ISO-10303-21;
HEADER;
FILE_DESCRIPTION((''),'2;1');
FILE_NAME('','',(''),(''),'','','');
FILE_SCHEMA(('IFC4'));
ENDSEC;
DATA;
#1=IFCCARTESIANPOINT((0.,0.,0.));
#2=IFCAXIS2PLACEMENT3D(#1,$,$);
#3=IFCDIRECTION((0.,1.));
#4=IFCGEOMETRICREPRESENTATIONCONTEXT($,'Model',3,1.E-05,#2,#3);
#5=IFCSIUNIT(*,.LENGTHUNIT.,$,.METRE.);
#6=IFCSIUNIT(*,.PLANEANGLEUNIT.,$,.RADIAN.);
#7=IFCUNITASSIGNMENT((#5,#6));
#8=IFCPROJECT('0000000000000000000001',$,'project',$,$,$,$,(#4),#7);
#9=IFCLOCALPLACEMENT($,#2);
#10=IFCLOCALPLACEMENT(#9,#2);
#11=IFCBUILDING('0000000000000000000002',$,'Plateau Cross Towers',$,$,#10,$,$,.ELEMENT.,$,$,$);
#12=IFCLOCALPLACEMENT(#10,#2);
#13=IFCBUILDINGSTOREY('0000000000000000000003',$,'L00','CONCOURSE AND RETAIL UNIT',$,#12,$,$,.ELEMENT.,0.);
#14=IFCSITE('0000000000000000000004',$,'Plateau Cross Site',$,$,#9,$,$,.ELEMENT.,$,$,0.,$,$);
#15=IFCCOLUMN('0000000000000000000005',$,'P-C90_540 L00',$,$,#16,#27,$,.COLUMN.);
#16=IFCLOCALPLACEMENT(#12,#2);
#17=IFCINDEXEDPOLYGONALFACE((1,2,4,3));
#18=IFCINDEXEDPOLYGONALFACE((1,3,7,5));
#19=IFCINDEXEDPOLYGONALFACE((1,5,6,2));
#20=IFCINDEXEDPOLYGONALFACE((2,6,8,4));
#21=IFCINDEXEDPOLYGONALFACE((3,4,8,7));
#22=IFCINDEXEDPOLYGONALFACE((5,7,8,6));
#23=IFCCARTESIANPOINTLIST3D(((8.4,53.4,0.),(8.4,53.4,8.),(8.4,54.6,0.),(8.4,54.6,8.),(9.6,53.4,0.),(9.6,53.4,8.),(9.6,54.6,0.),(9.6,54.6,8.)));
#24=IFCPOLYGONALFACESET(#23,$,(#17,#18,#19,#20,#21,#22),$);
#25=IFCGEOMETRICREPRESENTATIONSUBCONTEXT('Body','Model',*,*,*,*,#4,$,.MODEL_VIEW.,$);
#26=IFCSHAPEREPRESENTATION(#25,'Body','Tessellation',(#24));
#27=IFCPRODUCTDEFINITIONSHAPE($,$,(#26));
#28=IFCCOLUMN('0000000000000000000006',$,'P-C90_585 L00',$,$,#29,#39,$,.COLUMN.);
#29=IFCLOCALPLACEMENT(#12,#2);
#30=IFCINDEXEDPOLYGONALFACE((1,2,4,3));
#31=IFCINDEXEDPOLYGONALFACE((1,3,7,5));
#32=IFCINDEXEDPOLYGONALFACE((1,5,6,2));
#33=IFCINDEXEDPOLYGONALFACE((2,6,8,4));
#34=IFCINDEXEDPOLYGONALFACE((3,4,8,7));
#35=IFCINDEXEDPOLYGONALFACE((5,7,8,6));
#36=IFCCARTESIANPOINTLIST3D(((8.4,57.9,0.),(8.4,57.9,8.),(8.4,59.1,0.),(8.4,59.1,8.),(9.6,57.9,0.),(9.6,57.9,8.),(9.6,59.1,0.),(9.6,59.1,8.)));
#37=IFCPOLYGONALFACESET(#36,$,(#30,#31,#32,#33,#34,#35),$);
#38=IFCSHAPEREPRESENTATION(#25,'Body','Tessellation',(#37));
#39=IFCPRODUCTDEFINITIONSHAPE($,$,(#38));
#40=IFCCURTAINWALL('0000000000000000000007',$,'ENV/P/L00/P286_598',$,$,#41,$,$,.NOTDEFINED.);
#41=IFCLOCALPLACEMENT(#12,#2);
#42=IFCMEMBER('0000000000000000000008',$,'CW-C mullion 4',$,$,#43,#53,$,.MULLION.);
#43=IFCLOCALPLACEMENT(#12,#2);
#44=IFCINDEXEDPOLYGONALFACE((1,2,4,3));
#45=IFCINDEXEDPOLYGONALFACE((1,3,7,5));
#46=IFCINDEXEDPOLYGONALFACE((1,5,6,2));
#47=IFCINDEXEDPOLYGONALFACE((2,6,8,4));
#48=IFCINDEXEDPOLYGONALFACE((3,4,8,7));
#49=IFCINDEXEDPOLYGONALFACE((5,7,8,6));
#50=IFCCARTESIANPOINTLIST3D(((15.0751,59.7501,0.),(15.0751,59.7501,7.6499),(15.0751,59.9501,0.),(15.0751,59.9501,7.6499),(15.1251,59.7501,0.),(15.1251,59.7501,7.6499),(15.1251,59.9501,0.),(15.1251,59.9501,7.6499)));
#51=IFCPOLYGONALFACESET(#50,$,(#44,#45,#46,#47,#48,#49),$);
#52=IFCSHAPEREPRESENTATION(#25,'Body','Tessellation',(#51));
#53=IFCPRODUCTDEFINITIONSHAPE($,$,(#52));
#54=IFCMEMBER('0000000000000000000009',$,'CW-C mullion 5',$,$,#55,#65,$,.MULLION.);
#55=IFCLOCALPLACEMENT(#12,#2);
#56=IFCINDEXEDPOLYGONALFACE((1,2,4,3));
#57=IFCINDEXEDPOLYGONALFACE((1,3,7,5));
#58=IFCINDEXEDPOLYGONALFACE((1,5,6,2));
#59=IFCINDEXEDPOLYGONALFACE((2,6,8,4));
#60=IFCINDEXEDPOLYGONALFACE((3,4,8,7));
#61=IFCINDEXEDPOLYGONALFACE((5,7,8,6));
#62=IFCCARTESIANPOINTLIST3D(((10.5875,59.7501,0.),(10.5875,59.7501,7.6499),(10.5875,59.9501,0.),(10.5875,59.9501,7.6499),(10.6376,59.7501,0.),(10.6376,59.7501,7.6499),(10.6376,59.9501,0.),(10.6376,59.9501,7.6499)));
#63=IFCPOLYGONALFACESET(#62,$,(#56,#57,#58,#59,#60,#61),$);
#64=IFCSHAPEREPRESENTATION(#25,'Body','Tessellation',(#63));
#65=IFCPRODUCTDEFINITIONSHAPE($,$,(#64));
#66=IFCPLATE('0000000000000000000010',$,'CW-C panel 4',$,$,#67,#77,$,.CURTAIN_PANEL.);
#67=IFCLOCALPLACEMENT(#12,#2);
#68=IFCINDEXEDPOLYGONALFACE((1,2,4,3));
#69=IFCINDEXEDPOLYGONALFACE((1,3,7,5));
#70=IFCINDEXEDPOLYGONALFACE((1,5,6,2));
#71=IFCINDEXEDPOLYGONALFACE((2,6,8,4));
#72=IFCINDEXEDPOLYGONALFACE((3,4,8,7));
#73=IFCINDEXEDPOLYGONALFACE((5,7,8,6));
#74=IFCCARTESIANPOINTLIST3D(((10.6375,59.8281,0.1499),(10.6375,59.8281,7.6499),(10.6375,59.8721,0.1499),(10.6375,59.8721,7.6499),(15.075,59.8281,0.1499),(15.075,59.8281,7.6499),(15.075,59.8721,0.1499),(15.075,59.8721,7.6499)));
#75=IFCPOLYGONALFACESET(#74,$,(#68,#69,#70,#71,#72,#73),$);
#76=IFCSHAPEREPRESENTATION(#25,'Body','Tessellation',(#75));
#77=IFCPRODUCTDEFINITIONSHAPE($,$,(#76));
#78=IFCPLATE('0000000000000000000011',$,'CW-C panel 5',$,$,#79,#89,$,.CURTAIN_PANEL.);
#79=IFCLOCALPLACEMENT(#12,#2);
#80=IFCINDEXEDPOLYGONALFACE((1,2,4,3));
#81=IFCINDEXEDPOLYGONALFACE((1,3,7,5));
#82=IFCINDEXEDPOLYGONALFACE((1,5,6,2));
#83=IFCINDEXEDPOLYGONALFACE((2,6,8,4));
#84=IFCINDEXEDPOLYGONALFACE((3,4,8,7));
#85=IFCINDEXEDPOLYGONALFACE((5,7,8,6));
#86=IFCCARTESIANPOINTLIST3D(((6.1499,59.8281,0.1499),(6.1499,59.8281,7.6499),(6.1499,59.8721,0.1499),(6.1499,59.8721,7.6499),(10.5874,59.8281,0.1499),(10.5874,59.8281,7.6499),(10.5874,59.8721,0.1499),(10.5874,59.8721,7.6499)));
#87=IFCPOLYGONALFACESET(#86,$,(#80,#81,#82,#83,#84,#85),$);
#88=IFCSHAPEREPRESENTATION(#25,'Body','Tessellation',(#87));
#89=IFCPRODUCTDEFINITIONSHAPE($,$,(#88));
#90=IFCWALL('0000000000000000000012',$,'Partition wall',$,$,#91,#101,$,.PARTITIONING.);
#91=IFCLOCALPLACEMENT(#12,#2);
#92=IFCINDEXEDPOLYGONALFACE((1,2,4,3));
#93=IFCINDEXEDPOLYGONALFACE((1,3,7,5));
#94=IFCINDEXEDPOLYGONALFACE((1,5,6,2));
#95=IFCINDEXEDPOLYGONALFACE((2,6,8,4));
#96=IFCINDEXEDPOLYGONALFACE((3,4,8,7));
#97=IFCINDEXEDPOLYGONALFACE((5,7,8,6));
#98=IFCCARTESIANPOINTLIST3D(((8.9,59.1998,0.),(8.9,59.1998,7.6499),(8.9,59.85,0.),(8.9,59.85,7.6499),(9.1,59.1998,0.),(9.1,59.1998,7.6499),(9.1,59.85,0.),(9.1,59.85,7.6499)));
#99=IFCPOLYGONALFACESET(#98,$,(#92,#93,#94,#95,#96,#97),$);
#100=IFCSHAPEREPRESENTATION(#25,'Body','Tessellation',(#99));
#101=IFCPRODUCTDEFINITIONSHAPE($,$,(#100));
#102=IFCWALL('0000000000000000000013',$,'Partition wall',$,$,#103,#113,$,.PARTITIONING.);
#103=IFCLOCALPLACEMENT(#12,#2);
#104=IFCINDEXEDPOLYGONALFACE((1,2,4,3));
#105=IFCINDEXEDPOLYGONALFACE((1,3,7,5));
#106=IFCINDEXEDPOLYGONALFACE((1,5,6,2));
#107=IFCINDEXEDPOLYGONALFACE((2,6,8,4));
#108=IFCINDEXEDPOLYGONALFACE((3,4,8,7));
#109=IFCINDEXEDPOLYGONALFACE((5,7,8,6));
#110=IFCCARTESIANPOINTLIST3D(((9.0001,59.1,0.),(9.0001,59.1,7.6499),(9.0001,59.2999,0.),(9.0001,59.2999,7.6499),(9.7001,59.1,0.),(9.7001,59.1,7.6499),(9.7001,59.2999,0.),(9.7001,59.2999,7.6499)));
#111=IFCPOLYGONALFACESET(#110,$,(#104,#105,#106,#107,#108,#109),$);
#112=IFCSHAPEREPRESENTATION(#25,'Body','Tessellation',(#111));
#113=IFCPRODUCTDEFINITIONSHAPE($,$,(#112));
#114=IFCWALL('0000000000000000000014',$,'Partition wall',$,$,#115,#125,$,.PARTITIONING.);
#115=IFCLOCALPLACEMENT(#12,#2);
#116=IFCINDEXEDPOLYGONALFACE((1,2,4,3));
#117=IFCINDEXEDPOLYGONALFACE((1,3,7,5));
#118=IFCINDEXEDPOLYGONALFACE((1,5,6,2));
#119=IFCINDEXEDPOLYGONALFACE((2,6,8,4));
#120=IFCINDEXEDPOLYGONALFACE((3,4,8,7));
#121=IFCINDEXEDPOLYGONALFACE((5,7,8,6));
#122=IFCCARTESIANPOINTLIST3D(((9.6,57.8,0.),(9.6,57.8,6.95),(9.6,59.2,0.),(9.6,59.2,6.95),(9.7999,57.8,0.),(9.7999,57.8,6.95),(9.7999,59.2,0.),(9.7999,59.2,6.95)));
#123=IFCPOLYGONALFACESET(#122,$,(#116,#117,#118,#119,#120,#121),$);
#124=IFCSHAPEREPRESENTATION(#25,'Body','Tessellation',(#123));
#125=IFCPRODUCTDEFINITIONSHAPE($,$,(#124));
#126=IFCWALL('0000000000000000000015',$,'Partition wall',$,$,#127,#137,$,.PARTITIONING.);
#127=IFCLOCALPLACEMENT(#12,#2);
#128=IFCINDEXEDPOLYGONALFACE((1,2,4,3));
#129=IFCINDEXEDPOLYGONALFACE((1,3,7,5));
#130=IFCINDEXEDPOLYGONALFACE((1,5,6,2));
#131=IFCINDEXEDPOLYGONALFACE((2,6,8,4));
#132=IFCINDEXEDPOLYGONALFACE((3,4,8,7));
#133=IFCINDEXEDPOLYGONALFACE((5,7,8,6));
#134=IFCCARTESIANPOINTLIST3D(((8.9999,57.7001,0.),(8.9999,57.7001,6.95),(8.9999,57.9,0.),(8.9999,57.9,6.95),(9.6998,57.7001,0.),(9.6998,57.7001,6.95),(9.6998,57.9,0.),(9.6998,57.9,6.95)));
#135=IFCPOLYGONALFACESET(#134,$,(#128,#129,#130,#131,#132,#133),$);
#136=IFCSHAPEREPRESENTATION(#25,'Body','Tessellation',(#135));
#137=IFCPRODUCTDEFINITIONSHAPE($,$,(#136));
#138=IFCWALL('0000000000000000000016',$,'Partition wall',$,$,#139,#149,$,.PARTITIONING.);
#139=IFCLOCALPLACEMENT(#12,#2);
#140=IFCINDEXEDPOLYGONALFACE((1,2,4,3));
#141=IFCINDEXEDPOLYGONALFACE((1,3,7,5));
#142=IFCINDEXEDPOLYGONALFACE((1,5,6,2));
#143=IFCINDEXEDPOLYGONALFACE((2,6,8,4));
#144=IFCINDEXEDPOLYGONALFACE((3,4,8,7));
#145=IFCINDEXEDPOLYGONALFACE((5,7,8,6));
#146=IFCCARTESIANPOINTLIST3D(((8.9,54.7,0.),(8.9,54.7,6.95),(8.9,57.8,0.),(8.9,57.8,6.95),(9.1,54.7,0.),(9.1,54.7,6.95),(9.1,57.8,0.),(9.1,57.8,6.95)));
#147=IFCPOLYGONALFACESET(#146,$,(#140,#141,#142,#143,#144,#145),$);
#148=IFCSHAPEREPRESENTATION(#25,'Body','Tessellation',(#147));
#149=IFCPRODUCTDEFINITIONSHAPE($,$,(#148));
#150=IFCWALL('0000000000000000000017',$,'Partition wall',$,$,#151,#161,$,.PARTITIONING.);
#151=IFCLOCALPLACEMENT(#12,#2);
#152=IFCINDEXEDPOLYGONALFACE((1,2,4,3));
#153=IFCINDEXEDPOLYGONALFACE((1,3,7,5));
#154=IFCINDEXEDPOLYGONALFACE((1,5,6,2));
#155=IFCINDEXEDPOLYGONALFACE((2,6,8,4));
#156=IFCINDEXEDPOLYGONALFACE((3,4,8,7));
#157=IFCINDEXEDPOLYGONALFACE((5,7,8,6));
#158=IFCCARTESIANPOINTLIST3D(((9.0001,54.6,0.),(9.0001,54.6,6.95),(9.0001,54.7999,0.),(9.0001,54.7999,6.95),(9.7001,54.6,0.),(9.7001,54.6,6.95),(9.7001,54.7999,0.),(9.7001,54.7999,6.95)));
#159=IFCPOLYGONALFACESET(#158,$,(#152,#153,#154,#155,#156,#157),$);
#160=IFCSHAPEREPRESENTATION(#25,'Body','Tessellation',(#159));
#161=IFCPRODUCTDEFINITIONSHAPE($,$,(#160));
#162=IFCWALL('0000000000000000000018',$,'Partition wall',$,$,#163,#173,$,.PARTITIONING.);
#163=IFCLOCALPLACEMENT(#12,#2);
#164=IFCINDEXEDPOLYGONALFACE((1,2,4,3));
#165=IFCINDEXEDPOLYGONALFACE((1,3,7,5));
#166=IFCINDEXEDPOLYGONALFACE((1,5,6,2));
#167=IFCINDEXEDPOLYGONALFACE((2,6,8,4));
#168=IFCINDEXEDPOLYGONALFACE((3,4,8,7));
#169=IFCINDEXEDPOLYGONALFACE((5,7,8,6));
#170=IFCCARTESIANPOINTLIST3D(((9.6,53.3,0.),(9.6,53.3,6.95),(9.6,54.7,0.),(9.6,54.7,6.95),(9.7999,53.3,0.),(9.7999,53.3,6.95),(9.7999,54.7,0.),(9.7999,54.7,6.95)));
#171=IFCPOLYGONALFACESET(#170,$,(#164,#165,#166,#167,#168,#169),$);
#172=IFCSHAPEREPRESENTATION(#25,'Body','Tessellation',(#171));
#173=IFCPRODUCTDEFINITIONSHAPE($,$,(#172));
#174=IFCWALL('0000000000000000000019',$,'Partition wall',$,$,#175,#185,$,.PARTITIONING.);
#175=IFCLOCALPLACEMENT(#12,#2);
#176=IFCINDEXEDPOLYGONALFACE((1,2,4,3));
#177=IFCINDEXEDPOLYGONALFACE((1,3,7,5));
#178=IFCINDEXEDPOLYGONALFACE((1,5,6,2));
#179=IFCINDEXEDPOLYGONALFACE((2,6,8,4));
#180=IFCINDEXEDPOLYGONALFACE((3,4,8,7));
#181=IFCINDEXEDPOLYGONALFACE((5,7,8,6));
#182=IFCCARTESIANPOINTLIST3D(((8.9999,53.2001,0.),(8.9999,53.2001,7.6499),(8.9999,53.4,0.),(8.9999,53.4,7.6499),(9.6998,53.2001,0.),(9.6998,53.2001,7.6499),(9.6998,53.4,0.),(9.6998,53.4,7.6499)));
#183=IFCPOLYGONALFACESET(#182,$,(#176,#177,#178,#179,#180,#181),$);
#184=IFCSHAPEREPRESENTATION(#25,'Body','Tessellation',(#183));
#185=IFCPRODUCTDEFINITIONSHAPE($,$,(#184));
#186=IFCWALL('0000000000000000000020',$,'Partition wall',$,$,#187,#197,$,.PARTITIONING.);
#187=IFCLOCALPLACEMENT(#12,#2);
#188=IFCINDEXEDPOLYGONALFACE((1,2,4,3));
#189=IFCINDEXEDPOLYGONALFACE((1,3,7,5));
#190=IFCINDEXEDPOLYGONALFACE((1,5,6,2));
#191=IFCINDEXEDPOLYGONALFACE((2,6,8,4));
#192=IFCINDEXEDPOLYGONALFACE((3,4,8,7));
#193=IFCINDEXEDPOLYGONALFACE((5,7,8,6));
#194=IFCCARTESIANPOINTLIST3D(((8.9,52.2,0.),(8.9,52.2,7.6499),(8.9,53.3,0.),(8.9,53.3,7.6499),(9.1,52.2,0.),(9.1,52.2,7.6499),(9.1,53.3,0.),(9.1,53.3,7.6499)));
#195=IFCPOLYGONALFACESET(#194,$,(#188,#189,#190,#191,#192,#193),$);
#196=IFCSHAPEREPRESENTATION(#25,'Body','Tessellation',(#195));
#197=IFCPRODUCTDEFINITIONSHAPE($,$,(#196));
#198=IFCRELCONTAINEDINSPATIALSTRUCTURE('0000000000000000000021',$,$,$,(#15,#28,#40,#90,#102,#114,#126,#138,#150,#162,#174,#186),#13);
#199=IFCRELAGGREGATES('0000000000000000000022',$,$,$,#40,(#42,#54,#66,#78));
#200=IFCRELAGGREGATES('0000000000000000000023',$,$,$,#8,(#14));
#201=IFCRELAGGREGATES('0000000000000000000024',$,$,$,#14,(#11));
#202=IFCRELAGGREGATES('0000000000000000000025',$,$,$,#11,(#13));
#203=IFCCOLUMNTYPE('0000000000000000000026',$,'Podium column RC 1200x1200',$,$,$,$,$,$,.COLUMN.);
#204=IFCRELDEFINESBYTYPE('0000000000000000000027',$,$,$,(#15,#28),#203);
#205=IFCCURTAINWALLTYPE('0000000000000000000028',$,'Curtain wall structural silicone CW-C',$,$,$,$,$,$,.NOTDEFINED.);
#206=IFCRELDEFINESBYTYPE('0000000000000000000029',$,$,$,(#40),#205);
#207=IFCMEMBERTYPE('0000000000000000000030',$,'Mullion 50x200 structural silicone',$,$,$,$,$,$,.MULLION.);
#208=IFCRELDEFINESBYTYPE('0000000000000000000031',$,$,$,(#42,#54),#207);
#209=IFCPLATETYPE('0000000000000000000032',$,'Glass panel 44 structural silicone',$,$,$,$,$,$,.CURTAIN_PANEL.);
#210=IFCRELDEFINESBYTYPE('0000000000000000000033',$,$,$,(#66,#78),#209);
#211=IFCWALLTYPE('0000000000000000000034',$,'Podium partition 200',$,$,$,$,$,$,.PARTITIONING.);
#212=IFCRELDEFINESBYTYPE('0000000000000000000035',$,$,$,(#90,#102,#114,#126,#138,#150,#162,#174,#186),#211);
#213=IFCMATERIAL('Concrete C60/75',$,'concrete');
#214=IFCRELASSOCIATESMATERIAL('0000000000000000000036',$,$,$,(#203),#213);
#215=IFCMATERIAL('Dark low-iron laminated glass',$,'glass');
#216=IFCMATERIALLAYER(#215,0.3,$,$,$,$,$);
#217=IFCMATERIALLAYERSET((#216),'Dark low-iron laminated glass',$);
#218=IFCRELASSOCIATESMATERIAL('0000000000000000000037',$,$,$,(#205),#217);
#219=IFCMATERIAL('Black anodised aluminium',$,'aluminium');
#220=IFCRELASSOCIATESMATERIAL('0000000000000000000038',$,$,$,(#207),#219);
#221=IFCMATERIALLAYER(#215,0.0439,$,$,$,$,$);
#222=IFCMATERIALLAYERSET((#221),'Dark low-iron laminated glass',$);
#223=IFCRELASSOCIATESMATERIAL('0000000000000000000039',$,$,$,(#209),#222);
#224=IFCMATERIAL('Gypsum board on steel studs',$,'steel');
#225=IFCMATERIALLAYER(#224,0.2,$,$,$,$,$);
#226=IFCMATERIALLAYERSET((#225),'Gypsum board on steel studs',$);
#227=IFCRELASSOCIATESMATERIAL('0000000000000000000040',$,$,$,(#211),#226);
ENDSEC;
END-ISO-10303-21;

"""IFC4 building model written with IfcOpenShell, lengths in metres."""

from ifc_helpers import new_model, si_unit, direction, frame, frame_2d, origin, origin_2d, place, context, subcontext, project, spatial, rectangle, extrude, material, layer, layer_set, material_profile, profile_set, type_object, element, aggregate, save


model = new_model("IFC4")

# Units and contexts
model_context = context("Model", 3, precision=1e-05, world=origin(), true_north=direction((0.0, 1.0)))
body_context = subcontext(model_context, "Body", "Model", "MODEL_VIEW")
ifc_project = project(units=[si_unit("LENGTHUNIT", "METRE"), si_unit("PLANEANGLEUNIT", "RADIAN")], contexts=[model_context])

# Site, building, storey
site_placement = place(None, origin())
site = spatial("IfcSite", under=ifc_project, at=site_placement, Name="Plateau Cross Site", CompositionType="ELEMENT", RefElevation=0.0)
building_placement = place(site_placement, origin())
building = spatial("IfcBuilding", under=site, at=building_placement, Name="Plateau Cross Towers", CompositionType="ELEMENT")
storey_placement = place(building_placement, origin())
storey = spatial("IfcBuildingStorey", under=building, at=storey_placement, Name="L00", Description="CONCOURSE AND RETAIL UNIT", CompositionType="ELEMENT", Elevation=0.0)

# Columns
ifc_material_1 = material(Name="Concrete C60/75", Category="concrete")
ifc_material_profile_1 = material_profile(ifc_material_1, rectangle(XDim=1.2, YDim=1.2, at=origin_2d()), Name="RC 1200x1200")
ifc_profile_set_1 = profile_set([ifc_material_profile_1], Name="Concrete C60/75")
column_type = type_object("IfcColumnType", Name="Podium column RC 1200x1200", PredefinedType="COLUMN", material=ifc_profile_set_1)
for number, where, z_axis, x_axis, name in (
    (1, (9.0, 54.0, 0.0), (0.0, 0.0, 1.0), (1.0, 0.0, 0.0), "P-C90_540 L00"),
    (2, (9.0, 58.5, 0.0), (0.0, 0.0, 1.0), (1.0, 0.0, 0.0), "P-C90_585 L00"),
):
    element("IfcColumn", number, at=place(storey_placement, frame(where, z_axis=z_axis, x_axis=x_axis)), inside=storey, type_object=column_type, Name=name, PredefinedType="COLUMN", context=body_context, shape_type="SweptSolid", body=[
        extrude(rectangle(XDim=1.2, YDim=1.2, at=origin_2d()), origin(), (0.0, 0.0, 1.0), 8.0),
    ])

# Curtain wall, members, plates
ifc_material_2 = material(Name="Dark low-iron laminated glass", Category="glass")
ifc_layer_1 = layer(ifc_material_2, 0.3)
ifc_layer_set_1 = layer_set([ifc_layer_1], Name="Dark low-iron laminated glass")
curtain_wall_type = type_object("IfcCurtainWallType", Name="Curtain wall structural silicone CW-C", PredefinedType="NOTDEFINED", material=ifc_layer_set_1)
curtain_wall_placement = place(storey_placement, origin())
curtain_wall = element("IfcCurtainWall", 3, at=curtain_wall_placement, inside=storey, type_object=curtain_wall_type, Name="ENV/P/L00/P286_598", PredefinedType="NOTDEFINED")
ifc_material_3 = material(Name="Black anodised aluminium", Category="aluminium")
ifc_material_profile_2 = material_profile(ifc_material_3, rectangle(XDim=0.05, YDim=0.2, at=origin_2d()), Name="MULLION 50x200")
ifc_profile_set_2 = profile_set([ifc_material_profile_2], Name="Black anodised aluminium")
member_type = type_object("IfcMemberType", Name="Mullion 50x200 structural silicone", PredefinedType="MULLION", material=ifc_profile_set_2)
member_1_placement = place(storey_placement, frame((15.1001, 59.8501, 0.0), z_axis=(0.0, 0.0, 1.0), x_axis=(-1.0, 0.0, 0.0)))
member_1 = element("IfcMember", 4, at=member_1_placement, type_object=member_type, Name="CW-C mullion 4", PredefinedType="MULLION", context=body_context, shape_type="SweptSolid", body=[
    extrude(rectangle(XDim=0.05, YDim=0.2, at=origin_2d()), origin(), (0.0, 0.0, 1.0), 7.6499),
])
member_2_placement = place(storey_placement, frame((10.6125, 59.8501, 0.0), z_axis=(0.0, 0.0, 1.0), x_axis=(-1.0, 0.0, 0.0)))
member_2 = element("IfcMember", 5, at=member_2_placement, type_object=member_type, Name="CW-C mullion 5", PredefinedType="MULLION", context=body_context, shape_type="SweptSolid", body=[
    extrude(rectangle(XDim=0.05, YDim=0.2, at=origin_2d()), origin(), (0.0, 0.0, 1.0), 7.6499),
])
ifc_layer_2 = layer(ifc_material_2, 0.0439)
ifc_layer_set_2 = layer_set([ifc_layer_2], Name="Dark low-iron laminated glass")
plate_type = type_object("IfcPlateType", Name="Glass panel 44 structural silicone", PredefinedType="CURTAIN_PANEL", material=ifc_layer_set_2)
plate_1_placement = place(storey_placement, frame((12.8562, 59.8501, 0.1499), z_axis=(0.0, 0.0, 1.0), x_axis=(-1.0, 0.0, 0.0)))
plate_1 = element("IfcPlate", 6, at=plate_1_placement, type_object=plate_type, Name="CW-C panel 4", PredefinedType="CURTAIN_PANEL", context=body_context, shape_type="SweptSolid", body=[
    extrude(rectangle(XDim=4.4375, YDim=0.0439, at=origin_2d()), origin(), (0.0, 0.0, 1.0), 7.5),
])
plate_2_placement = place(storey_placement, frame((8.3687, 59.8501, 0.1499), z_axis=(0.0, 0.0, 1.0), x_axis=(-1.0, 0.0, 0.0)))
plate_2 = element("IfcPlate", 7, at=plate_2_placement, type_object=plate_type, Name="CW-C panel 5", PredefinedType="CURTAIN_PANEL", context=body_context, shape_type="SweptSolid", body=[
    extrude(rectangle(XDim=4.4375, YDim=0.0439, at=origin_2d()), origin(), (0.0, 0.0, 1.0), 7.5),
])
aggregate(curtain_wall, [member_1, member_2, plate_1, plate_2])

# Walls
ifc_material_4 = material(Name="Gypsum board on steel studs", Category="steel")
ifc_layer_3 = layer(ifc_material_4, 0.2)
ifc_layer_set_3 = layer_set([ifc_layer_3], Name="Gypsum board on steel studs")
wall_type_1 = type_object("IfcWallType", Name="Podium partition 200", PredefinedType="PARTITIONING", material=ifc_layer_set_3)
wall_1_placement = place(storey_placement, frame((9.0, 59.8501, 0.0), z_axis=(0.0, 0.0, 1.0), x_axis=(0.0, -1.0, 0.0)))
element("IfcWall", 8, at=wall_1_placement, inside=storey, type_object=wall_type_1, Name="Partition wall", PredefinedType="PARTITIONING", context=body_context, shape_type="SweptSolid", body=[
    extrude(rectangle(XDim=0.6501, YDim=0.2, at=frame_2d((0.3252, 0.0))), origin(), (0.0, 0.0, 1.0), 7.6499),
])
wall_2_placement = place(storey_placement, frame((9.0, 59.2, 0.0), z_axis=(0.0, 0.0, 1.0), x_axis=(1.0, 0.0, 0.0)))
element("IfcWall", 9, at=wall_2_placement, inside=storey, type_object=wall_type_1, Name="Partition wall", PredefinedType="PARTITIONING", context=body_context, shape_type="SweptSolid", body=[
    extrude(rectangle(XDim=0.7, YDim=0.2, at=frame_2d((0.3501, 0.0))), origin(), (0.0, 0.0, 1.0), 7.6499),
])
wall_3_placement = place(storey_placement, frame((9.7, 59.2, 0.0), z_axis=(0.0, 0.0, 1.0), x_axis=(0.0, -1.0, 0.0)))
element("IfcWall", 10, at=wall_3_placement, inside=storey, type_object=wall_type_1, Name="Partition wall", PredefinedType="PARTITIONING", context=body_context, shape_type="SweptSolid", body=[
    extrude(rectangle(XDim=1.3999, YDim=0.2, at=frame_2d((0.7, 0.0))), origin(), (0.0, 0.0, 1.0), 6.95),
])
wall_4_placement = place(storey_placement, frame((9.7, 57.8, 0.0), z_axis=(0.0, 0.0, 1.0), x_axis=(-1.0, 0.0, 0.0)))
element("IfcWall", 11, at=wall_4_placement, inside=storey, type_object=wall_type_1, Name="Partition wall", PredefinedType="PARTITIONING", context=body_context, shape_type="SweptSolid", body=[
    extrude(rectangle(XDim=0.7, YDim=0.2, at=frame_2d((0.3501, 0.0))), origin(), (0.0, 0.0, 1.0), 6.95),
])
wall_5_placement = place(storey_placement, frame((9.0, 57.8, 0.0), z_axis=(0.0, 0.0, 1.0), x_axis=(0.0, -1.0, 0.0)))
element("IfcWall", 12, at=wall_5_placement, inside=storey, type_object=wall_type_1, Name="Partition wall", PredefinedType="PARTITIONING", context=body_context, shape_type="SweptSolid", body=[
    extrude(rectangle(XDim=3.1001, YDim=0.2, at=frame_2d((1.55, 0.0))), origin(), (0.0, 0.0, 1.0), 6.95),
])
wall_6_placement = place(storey_placement, frame((9.0, 54.7, 0.0), z_axis=(0.0, 0.0, 1.0), x_axis=(1.0, 0.0, 0.0)))
element("IfcWall", 13, at=wall_6_placement, inside=storey, type_object=wall_type_1, Name="Partition wall", PredefinedType="PARTITIONING", context=body_context, shape_type="SweptSolid", body=[
    extrude(rectangle(XDim=0.7, YDim=0.2, at=frame_2d((0.3501, 0.0))), origin(), (0.0, 0.0, 1.0), 6.95),
])
wall_7_placement = place(storey_placement, frame((9.7, 54.7, 0.0), z_axis=(0.0, 0.0, 1.0), x_axis=(0.0, -1.0, 0.0)))
element("IfcWall", 14, at=wall_7_placement, inside=storey, type_object=wall_type_1, Name="Partition wall", PredefinedType="PARTITIONING", context=body_context, shape_type="SweptSolid", body=[
    extrude(rectangle(XDim=1.3999, YDim=0.2, at=frame_2d((0.7, 0.0))), origin(), (0.0, 0.0, 1.0), 6.95),
])
wall_8_placement = place(storey_placement, frame((9.7, 53.3, 0.0), z_axis=(0.0, 0.0, 1.0), x_axis=(-1.0, 0.0, 0.0)))
element("IfcWall", 15, at=wall_8_placement, inside=storey, type_object=wall_type_1, Name="Partition wall", PredefinedType="PARTITIONING", context=body_context, shape_type="SweptSolid", body=[
    extrude(rectangle(XDim=0.7, YDim=0.2, at=frame_2d((0.3501, 0.0))), origin(), (0.0, 0.0, 1.0), 7.6499),
])
wall_9_placement = place(storey_placement, frame((9.0, 53.3, 0.0), z_axis=(0.0, 0.0, 1.0), x_axis=(0.0, -1.0, 0.0)))
element("IfcWall", 16, at=wall_9_placement, inside=storey, type_object=wall_type_1, Name="Partition wall", PredefinedType="PARTITIONING", context=body_context, shape_type="SweptSolid", body=[
    extrude(rectangle(XDim=1.1001, YDim=0.2, at=frame_2d((0.55, 0.0))), origin(), (0.0, 0.0, 1.0), 7.6499),
])

save(model, "model.ifc")
